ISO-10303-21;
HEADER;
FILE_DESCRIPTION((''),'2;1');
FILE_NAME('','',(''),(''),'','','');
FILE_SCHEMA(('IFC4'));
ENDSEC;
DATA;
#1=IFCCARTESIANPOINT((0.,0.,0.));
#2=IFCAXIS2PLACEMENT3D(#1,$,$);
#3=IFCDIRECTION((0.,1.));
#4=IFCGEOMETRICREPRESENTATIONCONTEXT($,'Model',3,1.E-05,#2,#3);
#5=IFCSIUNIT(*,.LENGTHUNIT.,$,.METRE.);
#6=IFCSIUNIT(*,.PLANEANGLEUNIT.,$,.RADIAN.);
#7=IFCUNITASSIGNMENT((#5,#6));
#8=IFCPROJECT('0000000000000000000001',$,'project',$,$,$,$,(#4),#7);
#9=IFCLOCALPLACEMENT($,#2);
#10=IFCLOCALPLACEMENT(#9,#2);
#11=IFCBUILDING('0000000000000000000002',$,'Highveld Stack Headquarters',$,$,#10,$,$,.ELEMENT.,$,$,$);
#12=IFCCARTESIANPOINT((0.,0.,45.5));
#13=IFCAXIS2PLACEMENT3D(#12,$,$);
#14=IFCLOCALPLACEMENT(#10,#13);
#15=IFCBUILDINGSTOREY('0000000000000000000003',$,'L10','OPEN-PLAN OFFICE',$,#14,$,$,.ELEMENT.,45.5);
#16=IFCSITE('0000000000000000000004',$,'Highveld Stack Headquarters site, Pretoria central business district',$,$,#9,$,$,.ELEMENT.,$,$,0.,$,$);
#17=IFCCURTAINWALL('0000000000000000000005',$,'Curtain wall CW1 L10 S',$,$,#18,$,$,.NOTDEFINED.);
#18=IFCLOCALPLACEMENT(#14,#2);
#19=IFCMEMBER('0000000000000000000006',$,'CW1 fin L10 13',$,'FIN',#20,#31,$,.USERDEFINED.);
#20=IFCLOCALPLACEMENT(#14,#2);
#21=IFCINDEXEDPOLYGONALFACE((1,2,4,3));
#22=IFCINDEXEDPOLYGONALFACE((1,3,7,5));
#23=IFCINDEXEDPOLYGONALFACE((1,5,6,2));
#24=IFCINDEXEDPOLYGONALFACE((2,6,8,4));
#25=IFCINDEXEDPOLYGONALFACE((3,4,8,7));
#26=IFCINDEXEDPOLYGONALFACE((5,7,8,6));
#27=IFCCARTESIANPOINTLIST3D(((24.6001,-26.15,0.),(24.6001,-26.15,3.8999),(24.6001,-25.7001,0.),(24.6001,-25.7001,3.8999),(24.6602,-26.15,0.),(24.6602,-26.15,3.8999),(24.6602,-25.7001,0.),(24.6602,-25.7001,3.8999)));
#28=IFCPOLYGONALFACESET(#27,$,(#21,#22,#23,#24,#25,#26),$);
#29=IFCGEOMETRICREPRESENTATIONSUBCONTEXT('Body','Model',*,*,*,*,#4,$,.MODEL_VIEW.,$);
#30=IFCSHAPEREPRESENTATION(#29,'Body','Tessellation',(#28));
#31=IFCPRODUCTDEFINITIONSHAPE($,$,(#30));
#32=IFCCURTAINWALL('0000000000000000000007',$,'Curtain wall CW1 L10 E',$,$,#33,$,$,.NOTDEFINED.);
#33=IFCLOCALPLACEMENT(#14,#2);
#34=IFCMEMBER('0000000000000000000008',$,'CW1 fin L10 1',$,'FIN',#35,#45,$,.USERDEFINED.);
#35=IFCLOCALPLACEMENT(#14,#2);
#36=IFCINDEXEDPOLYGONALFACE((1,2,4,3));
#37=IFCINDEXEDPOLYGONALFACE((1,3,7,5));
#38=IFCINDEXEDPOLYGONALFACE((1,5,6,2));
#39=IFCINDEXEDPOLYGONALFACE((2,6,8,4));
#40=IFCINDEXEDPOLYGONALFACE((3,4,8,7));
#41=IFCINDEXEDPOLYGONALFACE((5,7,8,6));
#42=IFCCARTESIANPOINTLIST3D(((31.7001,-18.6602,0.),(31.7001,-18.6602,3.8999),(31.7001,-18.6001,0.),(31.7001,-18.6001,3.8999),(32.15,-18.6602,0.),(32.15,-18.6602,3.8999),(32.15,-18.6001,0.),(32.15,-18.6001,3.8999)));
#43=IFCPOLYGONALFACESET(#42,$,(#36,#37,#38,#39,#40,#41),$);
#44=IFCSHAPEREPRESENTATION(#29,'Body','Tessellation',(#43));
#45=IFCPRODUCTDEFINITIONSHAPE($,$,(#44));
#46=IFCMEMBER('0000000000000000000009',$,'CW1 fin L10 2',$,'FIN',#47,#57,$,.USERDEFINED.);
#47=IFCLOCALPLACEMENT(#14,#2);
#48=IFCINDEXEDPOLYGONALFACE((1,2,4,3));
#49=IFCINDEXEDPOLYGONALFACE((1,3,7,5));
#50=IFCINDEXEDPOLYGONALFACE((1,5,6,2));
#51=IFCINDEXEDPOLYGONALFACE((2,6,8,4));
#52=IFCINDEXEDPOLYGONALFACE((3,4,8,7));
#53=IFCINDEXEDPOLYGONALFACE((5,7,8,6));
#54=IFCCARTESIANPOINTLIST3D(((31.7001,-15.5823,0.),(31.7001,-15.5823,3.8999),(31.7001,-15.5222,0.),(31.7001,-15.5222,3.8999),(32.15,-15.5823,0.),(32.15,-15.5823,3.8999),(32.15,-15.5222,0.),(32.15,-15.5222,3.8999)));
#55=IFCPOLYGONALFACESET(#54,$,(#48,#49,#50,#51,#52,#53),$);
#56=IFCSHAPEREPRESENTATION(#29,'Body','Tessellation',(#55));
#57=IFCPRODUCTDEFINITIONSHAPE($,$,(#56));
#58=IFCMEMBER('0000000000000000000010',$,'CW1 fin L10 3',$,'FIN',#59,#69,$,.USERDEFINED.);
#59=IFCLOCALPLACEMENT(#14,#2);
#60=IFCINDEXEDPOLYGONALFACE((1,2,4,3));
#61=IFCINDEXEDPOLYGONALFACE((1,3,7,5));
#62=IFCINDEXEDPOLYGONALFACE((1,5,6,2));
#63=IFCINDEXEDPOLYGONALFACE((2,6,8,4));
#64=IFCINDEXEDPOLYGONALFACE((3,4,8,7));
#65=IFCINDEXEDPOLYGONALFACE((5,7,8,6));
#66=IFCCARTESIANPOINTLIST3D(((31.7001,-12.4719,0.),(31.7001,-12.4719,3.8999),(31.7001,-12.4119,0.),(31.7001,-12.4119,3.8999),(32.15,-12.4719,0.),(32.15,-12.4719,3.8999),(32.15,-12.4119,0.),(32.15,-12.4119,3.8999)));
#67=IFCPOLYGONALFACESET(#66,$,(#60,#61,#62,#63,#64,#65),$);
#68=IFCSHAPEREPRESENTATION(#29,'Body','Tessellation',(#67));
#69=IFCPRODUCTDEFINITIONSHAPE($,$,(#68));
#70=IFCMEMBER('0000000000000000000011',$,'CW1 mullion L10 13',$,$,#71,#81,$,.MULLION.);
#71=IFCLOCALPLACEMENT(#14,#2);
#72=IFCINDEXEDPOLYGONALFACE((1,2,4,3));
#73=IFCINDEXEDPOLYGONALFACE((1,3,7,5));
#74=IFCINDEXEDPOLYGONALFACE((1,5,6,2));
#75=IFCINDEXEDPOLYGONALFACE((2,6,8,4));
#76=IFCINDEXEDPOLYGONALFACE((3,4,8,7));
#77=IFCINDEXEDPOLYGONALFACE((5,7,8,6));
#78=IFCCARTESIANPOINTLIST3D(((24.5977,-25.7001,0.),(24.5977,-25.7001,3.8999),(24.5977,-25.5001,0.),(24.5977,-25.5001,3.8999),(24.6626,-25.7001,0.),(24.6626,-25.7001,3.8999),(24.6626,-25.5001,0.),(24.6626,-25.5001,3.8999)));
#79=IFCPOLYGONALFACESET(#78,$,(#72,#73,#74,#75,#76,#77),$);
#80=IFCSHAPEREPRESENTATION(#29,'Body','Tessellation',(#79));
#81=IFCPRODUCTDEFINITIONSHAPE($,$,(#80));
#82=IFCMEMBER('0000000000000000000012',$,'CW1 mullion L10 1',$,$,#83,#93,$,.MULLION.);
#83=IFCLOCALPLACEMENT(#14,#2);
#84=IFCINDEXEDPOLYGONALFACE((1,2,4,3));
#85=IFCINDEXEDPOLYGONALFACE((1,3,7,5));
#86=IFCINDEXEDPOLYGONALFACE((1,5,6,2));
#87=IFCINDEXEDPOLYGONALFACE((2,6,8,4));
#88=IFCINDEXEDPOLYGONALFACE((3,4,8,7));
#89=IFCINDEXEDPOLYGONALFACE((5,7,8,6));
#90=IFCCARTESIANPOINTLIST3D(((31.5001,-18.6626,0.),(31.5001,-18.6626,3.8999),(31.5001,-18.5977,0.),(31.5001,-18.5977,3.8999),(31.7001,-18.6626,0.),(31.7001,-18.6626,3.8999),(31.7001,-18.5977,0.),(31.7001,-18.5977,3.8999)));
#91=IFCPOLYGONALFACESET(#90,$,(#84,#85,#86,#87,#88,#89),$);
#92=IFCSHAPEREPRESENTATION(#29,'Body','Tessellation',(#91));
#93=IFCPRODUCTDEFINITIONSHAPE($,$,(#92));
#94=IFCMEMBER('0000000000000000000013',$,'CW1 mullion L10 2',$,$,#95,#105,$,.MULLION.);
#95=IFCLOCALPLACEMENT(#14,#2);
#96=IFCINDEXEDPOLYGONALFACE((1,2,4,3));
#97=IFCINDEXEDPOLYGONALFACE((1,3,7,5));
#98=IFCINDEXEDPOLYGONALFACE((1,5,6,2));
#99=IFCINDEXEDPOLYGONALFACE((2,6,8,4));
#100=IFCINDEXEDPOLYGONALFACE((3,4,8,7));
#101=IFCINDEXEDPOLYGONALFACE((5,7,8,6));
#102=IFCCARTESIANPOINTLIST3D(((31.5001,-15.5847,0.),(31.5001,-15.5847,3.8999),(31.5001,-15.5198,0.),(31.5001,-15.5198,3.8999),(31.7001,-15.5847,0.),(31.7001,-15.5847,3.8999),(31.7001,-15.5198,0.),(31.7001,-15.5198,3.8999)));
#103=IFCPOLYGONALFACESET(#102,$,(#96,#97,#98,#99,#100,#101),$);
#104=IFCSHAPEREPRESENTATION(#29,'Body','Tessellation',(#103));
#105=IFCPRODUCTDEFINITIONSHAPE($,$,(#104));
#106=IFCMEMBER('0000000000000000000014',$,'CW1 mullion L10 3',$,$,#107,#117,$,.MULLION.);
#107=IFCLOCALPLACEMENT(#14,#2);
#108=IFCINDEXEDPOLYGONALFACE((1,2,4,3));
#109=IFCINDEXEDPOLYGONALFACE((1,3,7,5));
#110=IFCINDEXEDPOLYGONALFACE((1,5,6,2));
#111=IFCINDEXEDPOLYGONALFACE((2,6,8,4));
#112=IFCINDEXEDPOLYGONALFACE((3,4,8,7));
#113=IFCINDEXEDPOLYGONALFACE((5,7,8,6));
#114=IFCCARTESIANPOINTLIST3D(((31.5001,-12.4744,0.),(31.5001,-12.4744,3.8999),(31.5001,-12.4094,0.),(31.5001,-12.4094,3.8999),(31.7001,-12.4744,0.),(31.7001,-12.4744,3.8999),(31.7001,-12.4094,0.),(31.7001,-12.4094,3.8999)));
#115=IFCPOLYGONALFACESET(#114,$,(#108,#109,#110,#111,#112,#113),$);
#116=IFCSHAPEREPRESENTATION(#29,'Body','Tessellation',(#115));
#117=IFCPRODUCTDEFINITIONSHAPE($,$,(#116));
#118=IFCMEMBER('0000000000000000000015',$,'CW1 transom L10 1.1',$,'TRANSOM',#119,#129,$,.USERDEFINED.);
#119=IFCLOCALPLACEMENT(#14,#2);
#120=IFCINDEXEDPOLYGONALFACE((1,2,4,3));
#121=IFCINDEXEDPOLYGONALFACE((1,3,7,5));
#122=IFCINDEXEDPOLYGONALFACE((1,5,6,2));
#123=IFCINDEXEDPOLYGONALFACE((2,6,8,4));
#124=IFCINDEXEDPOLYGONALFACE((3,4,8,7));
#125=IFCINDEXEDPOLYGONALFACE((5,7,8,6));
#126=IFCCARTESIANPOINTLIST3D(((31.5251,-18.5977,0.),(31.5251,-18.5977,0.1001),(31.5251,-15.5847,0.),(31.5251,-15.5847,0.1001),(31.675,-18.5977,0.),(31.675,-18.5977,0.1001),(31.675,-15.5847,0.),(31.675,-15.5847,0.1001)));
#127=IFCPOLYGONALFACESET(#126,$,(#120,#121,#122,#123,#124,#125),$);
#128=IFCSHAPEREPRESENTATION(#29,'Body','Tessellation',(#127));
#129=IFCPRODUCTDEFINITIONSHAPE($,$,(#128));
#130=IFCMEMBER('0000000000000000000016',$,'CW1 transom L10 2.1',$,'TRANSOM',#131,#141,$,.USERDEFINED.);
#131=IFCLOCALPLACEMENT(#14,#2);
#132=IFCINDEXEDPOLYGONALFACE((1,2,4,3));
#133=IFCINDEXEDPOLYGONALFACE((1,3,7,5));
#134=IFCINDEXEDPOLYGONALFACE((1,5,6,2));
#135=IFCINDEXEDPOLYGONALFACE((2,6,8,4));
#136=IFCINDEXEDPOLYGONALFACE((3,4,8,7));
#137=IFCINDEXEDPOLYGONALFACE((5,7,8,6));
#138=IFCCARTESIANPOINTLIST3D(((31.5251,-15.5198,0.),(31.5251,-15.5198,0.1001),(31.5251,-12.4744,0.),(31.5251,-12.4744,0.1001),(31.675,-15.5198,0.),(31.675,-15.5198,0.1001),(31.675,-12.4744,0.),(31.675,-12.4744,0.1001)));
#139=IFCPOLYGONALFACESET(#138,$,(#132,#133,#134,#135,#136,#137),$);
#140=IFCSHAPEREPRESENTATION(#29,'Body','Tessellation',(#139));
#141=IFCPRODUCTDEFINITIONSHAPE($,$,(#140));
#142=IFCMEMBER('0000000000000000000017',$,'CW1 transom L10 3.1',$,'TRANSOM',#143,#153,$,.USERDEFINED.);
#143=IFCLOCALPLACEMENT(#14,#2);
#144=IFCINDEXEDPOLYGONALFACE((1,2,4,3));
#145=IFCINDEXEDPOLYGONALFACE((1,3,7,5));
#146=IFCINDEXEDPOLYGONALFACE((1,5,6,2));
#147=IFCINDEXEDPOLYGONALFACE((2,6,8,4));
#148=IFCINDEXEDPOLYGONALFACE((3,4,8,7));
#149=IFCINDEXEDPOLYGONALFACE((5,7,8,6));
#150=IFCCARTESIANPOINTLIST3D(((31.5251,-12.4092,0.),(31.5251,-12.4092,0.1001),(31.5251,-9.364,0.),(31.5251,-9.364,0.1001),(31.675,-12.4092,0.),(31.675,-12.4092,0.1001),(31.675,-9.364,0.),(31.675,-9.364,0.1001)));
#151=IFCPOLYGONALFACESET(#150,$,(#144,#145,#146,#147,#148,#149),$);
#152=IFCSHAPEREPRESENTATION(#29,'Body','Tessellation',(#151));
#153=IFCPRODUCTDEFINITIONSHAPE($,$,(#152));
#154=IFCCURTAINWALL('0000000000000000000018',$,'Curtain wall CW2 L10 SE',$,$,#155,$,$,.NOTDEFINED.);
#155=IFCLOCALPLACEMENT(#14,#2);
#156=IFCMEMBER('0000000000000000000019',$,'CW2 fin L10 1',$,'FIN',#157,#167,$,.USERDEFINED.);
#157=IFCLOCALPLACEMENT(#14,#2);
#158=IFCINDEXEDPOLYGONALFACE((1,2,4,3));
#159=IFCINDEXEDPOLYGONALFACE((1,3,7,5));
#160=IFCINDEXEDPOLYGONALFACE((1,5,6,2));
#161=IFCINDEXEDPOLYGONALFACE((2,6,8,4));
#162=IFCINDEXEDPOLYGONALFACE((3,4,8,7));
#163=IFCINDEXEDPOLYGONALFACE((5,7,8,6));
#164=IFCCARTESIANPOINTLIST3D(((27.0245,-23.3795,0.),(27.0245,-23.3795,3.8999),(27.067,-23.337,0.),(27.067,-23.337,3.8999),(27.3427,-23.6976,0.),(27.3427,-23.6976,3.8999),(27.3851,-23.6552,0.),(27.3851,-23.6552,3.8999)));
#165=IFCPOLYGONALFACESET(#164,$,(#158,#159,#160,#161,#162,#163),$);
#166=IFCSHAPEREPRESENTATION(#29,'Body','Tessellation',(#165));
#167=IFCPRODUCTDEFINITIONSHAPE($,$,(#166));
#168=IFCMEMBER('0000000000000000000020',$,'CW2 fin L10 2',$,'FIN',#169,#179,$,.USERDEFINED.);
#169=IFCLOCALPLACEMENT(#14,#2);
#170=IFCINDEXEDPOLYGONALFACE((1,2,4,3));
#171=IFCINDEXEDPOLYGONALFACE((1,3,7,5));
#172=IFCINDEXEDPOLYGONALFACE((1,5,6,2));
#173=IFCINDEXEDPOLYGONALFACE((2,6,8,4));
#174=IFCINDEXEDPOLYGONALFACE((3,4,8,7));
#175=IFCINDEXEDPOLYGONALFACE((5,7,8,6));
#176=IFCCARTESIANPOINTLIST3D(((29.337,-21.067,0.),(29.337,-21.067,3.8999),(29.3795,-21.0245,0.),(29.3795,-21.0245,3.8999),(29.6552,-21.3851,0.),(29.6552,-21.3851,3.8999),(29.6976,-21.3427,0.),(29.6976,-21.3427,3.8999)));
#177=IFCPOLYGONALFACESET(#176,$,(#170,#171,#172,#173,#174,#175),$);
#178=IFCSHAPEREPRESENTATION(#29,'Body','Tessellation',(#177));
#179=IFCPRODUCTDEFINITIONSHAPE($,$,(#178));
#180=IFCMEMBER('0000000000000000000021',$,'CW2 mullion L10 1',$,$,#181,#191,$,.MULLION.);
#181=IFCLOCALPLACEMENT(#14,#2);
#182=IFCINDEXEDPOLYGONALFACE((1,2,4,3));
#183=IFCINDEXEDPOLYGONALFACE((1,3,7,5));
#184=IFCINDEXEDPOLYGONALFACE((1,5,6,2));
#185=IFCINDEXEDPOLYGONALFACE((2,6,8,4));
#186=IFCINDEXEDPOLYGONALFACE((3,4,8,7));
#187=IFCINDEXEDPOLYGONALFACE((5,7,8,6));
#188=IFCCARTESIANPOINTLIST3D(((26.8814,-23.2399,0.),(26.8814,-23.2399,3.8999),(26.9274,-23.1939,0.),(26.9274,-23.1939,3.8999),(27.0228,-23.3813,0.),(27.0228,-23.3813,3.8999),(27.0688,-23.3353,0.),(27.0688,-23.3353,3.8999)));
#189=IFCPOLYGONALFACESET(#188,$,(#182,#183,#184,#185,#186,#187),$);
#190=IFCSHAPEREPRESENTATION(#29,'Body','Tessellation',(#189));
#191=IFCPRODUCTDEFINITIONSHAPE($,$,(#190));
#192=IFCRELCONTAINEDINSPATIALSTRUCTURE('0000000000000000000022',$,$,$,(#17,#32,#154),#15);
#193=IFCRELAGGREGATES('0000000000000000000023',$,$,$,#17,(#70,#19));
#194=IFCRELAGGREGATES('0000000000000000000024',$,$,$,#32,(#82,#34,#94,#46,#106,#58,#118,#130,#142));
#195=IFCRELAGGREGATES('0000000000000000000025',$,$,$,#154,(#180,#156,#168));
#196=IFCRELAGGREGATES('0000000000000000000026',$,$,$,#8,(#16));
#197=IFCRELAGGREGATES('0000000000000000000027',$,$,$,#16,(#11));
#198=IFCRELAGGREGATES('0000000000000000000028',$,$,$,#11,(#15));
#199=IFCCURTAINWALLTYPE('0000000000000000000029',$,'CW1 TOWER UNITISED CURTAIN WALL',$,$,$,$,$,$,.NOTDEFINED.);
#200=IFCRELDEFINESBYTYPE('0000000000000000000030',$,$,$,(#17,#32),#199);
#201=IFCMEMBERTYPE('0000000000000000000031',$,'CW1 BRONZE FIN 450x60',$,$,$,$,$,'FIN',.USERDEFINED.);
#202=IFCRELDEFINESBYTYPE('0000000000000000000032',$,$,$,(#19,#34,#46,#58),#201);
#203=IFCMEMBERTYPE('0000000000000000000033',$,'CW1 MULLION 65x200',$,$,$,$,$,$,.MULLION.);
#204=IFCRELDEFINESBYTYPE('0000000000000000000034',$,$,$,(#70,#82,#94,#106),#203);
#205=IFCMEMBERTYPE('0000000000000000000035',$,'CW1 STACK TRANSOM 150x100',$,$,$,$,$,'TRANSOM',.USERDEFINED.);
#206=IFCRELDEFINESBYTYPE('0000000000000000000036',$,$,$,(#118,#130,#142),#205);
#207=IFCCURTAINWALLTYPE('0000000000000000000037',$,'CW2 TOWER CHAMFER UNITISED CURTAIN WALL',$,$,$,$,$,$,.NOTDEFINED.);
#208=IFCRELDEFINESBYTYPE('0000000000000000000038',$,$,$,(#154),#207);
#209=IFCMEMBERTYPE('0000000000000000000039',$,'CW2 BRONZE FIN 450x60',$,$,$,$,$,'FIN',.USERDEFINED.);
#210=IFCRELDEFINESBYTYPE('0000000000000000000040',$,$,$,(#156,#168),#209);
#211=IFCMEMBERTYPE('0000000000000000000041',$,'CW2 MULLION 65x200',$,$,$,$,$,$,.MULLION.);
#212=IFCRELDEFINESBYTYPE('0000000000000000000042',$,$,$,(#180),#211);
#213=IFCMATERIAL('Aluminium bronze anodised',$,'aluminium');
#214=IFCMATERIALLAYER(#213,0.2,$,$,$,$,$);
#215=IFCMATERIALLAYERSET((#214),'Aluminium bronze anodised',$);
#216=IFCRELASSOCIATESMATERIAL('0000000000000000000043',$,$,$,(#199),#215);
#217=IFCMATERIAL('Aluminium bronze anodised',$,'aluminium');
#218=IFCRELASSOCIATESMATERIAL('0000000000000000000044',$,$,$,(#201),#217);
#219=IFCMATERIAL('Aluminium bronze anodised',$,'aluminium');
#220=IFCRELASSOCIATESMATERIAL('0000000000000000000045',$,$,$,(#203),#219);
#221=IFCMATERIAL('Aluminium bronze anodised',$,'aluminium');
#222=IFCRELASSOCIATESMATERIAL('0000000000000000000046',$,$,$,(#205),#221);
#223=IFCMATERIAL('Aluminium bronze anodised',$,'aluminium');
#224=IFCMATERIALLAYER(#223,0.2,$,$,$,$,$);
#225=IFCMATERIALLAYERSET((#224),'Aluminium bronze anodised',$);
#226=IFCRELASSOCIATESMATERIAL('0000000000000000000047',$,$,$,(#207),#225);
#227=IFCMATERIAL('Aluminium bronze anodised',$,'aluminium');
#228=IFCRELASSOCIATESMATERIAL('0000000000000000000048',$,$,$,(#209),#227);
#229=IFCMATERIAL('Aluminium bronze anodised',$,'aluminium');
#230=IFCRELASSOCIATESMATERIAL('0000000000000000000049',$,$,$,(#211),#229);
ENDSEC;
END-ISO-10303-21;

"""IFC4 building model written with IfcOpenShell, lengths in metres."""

from ifc_helpers import new_model, si_unit, direction, frame, origin, origin_2d, place, context, subcontext, project, spatial, rectangle, extrude, material, layer, layer_set, material_profile, profile_set, type_object, element, aggregate, save


model = new_model("IFC4")

# Units and contexts
model_context = context("Model", 3, precision=1e-05, world=origin(), true_north=direction((0.0, 1.0)))
body_context = subcontext(model_context, "Body", "Model", "MODEL_VIEW")
ifc_project = project(units=[si_unit("LENGTHUNIT", "METRE"), si_unit("PLANEANGLEUNIT", "RADIAN")], contexts=[model_context])

# Site, building, storey
site_placement = place(None, origin())
site = spatial("IfcSite", under=ifc_project, at=site_placement, Name="Highveld Stack Headquarters site, Pretoria central business district", CompositionType="ELEMENT", RefElevation=0.0)
building_placement = place(site_placement, origin())
building = spatial("IfcBuilding", under=site, at=building_placement, Name="Highveld Stack Headquarters", CompositionType="ELEMENT")
storey_placement = place(building_placement, frame((0.0, 0.0, 45.5)))
storey = spatial("IfcBuildingStorey", under=building, at=storey_placement, Name="L10", Description="OPEN-PLAN OFFICE", CompositionType="ELEMENT", Elevation=45.5)

# Curtain wall, member
ifc_material_1 = material(Name="Aluminium bronze anodised", Category="aluminium")
ifc_layer_1 = layer(ifc_material_1, 0.2)
ifc_layer_set_1 = layer_set([ifc_layer_1], Name="Aluminium bronze anodised")
curtain_wall_type_1 = type_object("IfcCurtainWallType", Name="CW1 TOWER UNITISED CURTAIN WALL", PredefinedType="NOTDEFINED", material=ifc_layer_set_1)
curtain_wall_1_placement = place(storey_placement, origin())
curtain_wall_1 = element("IfcCurtainWall", 1, at=curtain_wall_1_placement, inside=storey, type_object=curtain_wall_type_1, Name="Curtain wall CW1 L10 S", PredefinedType="NOTDEFINED")
ifc_material_2 = material(Name="Aluminium bronze anodised", Category="aluminium")
ifc_material_profile_1 = material_profile(ifc_material_2, rectangle(XDim=0.45, YDim=0.0601, at=origin_2d()), Name="FIN 450x60")
ifc_profile_set_1 = profile_set([ifc_material_profile_1], Name="Aluminium bronze anodised")
member_type_1 = type_object("IfcMemberType", Name="CW1 BRONZE FIN 450x60", ElementType="FIN", PredefinedType="USERDEFINED", material=ifc_profile_set_1)
member_1_placement = place(storey_placement, frame((24.6301, -25.925, 0.0), z_axis=(0.0, 0.0, 1.0), x_axis=(0.0, 1.0, 0.0)))
member_1 = element("IfcMember", 2, at=member_1_placement, type_object=member_type_1, Name="CW1 fin L10 13", ObjectType="FIN", PredefinedType="USERDEFINED", context=body_context, shape_type="SweptSolid", body=[
    extrude(rectangle(XDim=0.45, YDim=0.0601, at=origin_2d()), origin(), (0.0, 0.0, 1.0), 3.8999),
])

# Curtain wall, members
curtain_wall_2_placement = place(storey_placement, origin())
curtain_wall_2 = element("IfcCurtainWall", 3, at=curtain_wall_2_placement, inside=storey, type_object=curtain_wall_type_1, Name="Curtain wall CW1 L10 E", PredefinedType="NOTDEFINED")
member_2_placement = place(storey_placement, frame((31.925, -18.6301, 0.0), z_axis=(0.0, 0.0, 1.0), x_axis=(-1.0, 0.0, 0.0)))
member_2 = element("IfcMember", 4, at=member_2_placement, type_object=member_type_1, Name="CW1 fin L10 1", ObjectType="FIN", PredefinedType="USERDEFINED", context=body_context, shape_type="SweptSolid", body=[
    extrude(rectangle(XDim=0.45, YDim=0.0601, at=origin_2d()), origin(), (0.0, 0.0, 1.0), 3.8999),
])
member_3_placement = place(storey_placement, frame((31.925, -15.5522, 0.0), z_axis=(0.0, 0.0, 1.0), x_axis=(-1.0, 0.0, 0.0)))
member_3 = element("IfcMember", 5, at=member_3_placement, type_object=member_type_1, Name="CW1 fin L10 2", ObjectType="FIN", PredefinedType="USERDEFINED", context=body_context, shape_type="SweptSolid", body=[
    extrude(rectangle(XDim=0.45, YDim=0.0601, at=origin_2d()), origin(), (0.0, 0.0, 1.0), 3.8999),
])
member_4_placement = place(storey_placement, frame((31.925, -12.4419, 0.0), z_axis=(0.0, 0.0, 1.0), x_axis=(-1.0, 0.0, 0.0)))
member_4 = element("IfcMember", 6, at=member_4_placement, type_object=member_type_1, Name="CW1 fin L10 3", ObjectType="FIN", PredefinedType="USERDEFINED", context=body_context, shape_type="SweptSolid", body=[
    extrude(rectangle(XDim=0.45, YDim=0.0601, at=origin_2d()), origin(), (0.0, 0.0, 1.0), 3.8999),
])

# Members
ifc_material_3 = material(Name="Aluminium bronze anodised", Category="aluminium")
ifc_material_profile_2 = material_profile(ifc_material_3, rectangle(XDim=0.2, YDim=0.0649, at=origin_2d()), Name="CW1 MULLION 65x200")
ifc_profile_set_2 = profile_set([ifc_material_profile_2], Name="Aluminium bronze anodised")
member_type_2 = type_object("IfcMemberType", Name="CW1 MULLION 65x200", PredefinedType="MULLION", material=ifc_profile_set_2)
member_5_placement = place(storey_placement, frame((24.6301, -25.6001, 0.0), z_axis=(0.0, 0.0, 1.0), x_axis=(0.0, 1.0, 0.0)))
member_5 = element("IfcMember", 7, at=member_5_placement, type_object=member_type_2, Name="CW1 mullion L10 13", PredefinedType="MULLION", context=body_context, shape_type="SweptSolid", body=[
    extrude(rectangle(XDim=0.2, YDim=0.0649, at=origin_2d()), origin(), (0.0, 0.0, 1.0), 3.8999),
])
aggregate(curtain_wall_1, [member_5, member_1])
member_6_placement = place(storey_placement, frame((31.6001, -18.6301, 0.0), z_axis=(0.0, 0.0, 1.0), x_axis=(-1.0, 0.0, 0.0)))
member_6 = element("IfcMember", 8, at=member_6_placement, type_object=member_type_2, Name="CW1 mullion L10 1", PredefinedType="MULLION", context=body_context, shape_type="SweptSolid", body=[
    extrude(rectangle(XDim=0.2, YDim=0.0649, at=origin_2d()), origin(), (0.0, 0.0, 1.0), 3.8999),
])
member_7_placement = place(storey_placement, frame((31.6001, -15.5522, 0.0), z_axis=(0.0, 0.0, 1.0), x_axis=(-1.0, 0.0, 0.0)))
member_7 = element("IfcMember", 9, at=member_7_placement, type_object=member_type_2, Name="CW1 mullion L10 2", PredefinedType="MULLION", context=body_context, shape_type="SweptSolid", body=[
    extrude(rectangle(XDim=0.2, YDim=0.0649, at=origin_2d()), origin(), (0.0, 0.0, 1.0), 3.8999),
])
member_8_placement = place(storey_placement, frame((31.6001, -12.4419, 0.0), z_axis=(0.0, 0.0, 1.0), x_axis=(-1.0, 0.0, 0.0)))
member_8 = element("IfcMember", 10, at=member_8_placement, type_object=member_type_2, Name="CW1 mullion L10 3", PredefinedType="MULLION", context=body_context, shape_type="SweptSolid", body=[
    extrude(rectangle(XDim=0.2, YDim=0.0649, at=origin_2d()), origin(), (0.0, 0.0, 1.0), 3.8999),
])
ifc_material_4 = material(Name="Aluminium bronze anodised", Category="aluminium")
ifc_material_profile_3 = material_profile(ifc_material_4, rectangle(XDim=0.1499, YDim=0.1001, at=origin_2d()), Name="CW1 TRANSOM 150x100")
ifc_profile_set_3 = profile_set([ifc_material_profile_3], Name="Aluminium bronze anodised")
member_type_3 = type_object("IfcMemberType", Name="CW1 STACK TRANSOM 150x100", ElementType="TRANSOM", PredefinedType="USERDEFINED", material=ifc_profile_set_3)
member_9_placement = place(storey_placement, frame((31.6001, -18.5977, 0.05), z_axis=(0.0, 1.0, 0.0), x_axis=(-1.0, 0.0, 0.0)))
member_9 = element("IfcMember", 11, at=member_9_placement, type_object=member_type_3, Name="CW1 transom L10 1.1", ObjectType="TRANSOM", PredefinedType="USERDEFINED", context=body_context, shape_type="SweptSolid", body=[
    extrude(rectangle(XDim=0.1499, YDim=0.1001, at=origin_2d()), origin(), (0.0, 0.0, 1.0), 3.0129),
])
member_10_placement = place(storey_placement, frame((31.6001, -15.5198, 0.05), z_axis=(0.0, 1.0, 0.0), x_axis=(-1.0, 0.0, 0.0)))
member_10 = element("IfcMember", 12, at=member_10_placement, type_object=member_type_3, Name="CW1 transom L10 2.1", ObjectType="TRANSOM", PredefinedType="USERDEFINED", context=body_context, shape_type="SweptSolid", body=[
    extrude(rectangle(XDim=0.1499, YDim=0.1001, at=origin_2d()), origin(), (0.0, 0.0, 1.0), 3.0454),
])
member_11_placement = place(storey_placement, frame((31.6001, -12.4092, 0.05), z_axis=(0.0, 1.0, 0.0), x_axis=(-1.0, 0.0, 0.0)))
member_11 = element("IfcMember", 13, at=member_11_placement, type_object=member_type_3, Name="CW1 transom L10 3.1", ObjectType="TRANSOM", PredefinedType="USERDEFINED", context=body_context, shape_type="SweptSolid", body=[
    extrude(rectangle(XDim=0.1499, YDim=0.1001, at=origin_2d()), origin(), (0.0, 0.0, 1.0), 3.0452),
])

# Curtain wall, members
ifc_material_5 = material(Name="Aluminium bronze anodised", Category="aluminium")
ifc_layer_2 = layer(ifc_material_5, 0.2)
ifc_layer_set_2 = layer_set([ifc_layer_2], Name="Aluminium bronze anodised")
curtain_wall_type_2 = type_object("IfcCurtainWallType", Name="CW2 TOWER CHAMFER UNITISED CURTAIN WALL", PredefinedType="NOTDEFINED", material=ifc_layer_set_2)
curtain_wall_3_placement = place(storey_placement, origin())
curtain_wall_3 = element("IfcCurtainWall", 14, at=curtain_wall_3_placement, inside=storey, type_object=curtain_wall_type_2, Name="Curtain wall CW2 L10 SE", PredefinedType="NOTDEFINED")
ifc_material_6 = material(Name="Aluminium bronze anodised", Category="aluminium")
ifc_material_profile_4 = material_profile(ifc_material_6, rectangle(XDim=0.45, YDim=0.0601, at=origin_2d()), Name="FIN 450x60")
ifc_profile_set_4 = profile_set([ifc_material_profile_4], Name="Aluminium bronze anodised")
member_type_4 = type_object("IfcMemberType", Name="CW2 BRONZE FIN 450x60", ElementType="FIN", PredefinedType="USERDEFINED", material=ifc_profile_set_4)
member_12_placement = place(storey_placement, frame((27.2048, -23.5173, 0.0), z_axis=(0.0, 0.0, 1.0), x_axis=(-0.707107, 0.707107, 0.0)))
member_12 = element("IfcMember", 15, at=member_12_placement, type_object=member_type_4, Name="CW2 fin L10 1", ObjectType="FIN", PredefinedType="USERDEFINED", context=body_context, shape_type="SweptSolid", body=[
    extrude(rectangle(XDim=0.45, YDim=0.0601, at=origin_2d()), origin(), (0.0, 0.0, 1.0), 3.8999),
])
member_13_placement = place(storey_placement, frame((29.5173, -21.2048, 0.0), z_axis=(0.0, 0.0, 1.0), x_axis=(-0.707107, 0.707107, 0.0)))
member_13 = element("IfcMember", 16, at=member_13_placement, type_object=member_type_4, Name="CW2 fin L10 2", ObjectType="FIN", PredefinedType="USERDEFINED", context=body_context, shape_type="SweptSolid", body=[
    extrude(rectangle(XDim=0.45, YDim=0.0601, at=origin_2d()), origin(), (0.0, 0.0, 1.0), 3.8999),
])
ifc_material_7 = material(Name="Aluminium bronze anodised", Category="aluminium")
ifc_material_profile_5 = material_profile(ifc_material_7, rectangle(XDim=0.2, YDim=0.0649, at=origin_2d()), Name="CW2 MULLION 65x200")
ifc_profile_set_5 = profile_set([ifc_material_profile_5], Name="Aluminium bronze anodised")
member_type_5 = type_object("IfcMemberType", Name="CW2 MULLION 65x200", PredefinedType="MULLION", material=ifc_profile_set_5)
member_14_placement = place(storey_placement, frame((26.9751, -23.2876, 0.0), z_axis=(0.0, 0.0, 1.0), x_axis=(-0.707107, 0.707107, 0.0)))
member_14 = element("IfcMember", 17, at=member_14_placement, type_object=member_type_5, Name="CW2 mullion L10 1", PredefinedType="MULLION", context=body_context, shape_type="SweptSolid", body=[
    extrude(rectangle(XDim=0.2, YDim=0.0649, at=origin_2d()), origin(), (0.0, 0.0, 1.0), 3.8999),
])

aggregate(curtain_wall_2, [member_6, member_2, member_7, member_3, member_8, member_4, member_9, member_10, member_11])
aggregate(curtain_wall_3, [member_14, member_12, member_13])

save(model, "model.ifc")
